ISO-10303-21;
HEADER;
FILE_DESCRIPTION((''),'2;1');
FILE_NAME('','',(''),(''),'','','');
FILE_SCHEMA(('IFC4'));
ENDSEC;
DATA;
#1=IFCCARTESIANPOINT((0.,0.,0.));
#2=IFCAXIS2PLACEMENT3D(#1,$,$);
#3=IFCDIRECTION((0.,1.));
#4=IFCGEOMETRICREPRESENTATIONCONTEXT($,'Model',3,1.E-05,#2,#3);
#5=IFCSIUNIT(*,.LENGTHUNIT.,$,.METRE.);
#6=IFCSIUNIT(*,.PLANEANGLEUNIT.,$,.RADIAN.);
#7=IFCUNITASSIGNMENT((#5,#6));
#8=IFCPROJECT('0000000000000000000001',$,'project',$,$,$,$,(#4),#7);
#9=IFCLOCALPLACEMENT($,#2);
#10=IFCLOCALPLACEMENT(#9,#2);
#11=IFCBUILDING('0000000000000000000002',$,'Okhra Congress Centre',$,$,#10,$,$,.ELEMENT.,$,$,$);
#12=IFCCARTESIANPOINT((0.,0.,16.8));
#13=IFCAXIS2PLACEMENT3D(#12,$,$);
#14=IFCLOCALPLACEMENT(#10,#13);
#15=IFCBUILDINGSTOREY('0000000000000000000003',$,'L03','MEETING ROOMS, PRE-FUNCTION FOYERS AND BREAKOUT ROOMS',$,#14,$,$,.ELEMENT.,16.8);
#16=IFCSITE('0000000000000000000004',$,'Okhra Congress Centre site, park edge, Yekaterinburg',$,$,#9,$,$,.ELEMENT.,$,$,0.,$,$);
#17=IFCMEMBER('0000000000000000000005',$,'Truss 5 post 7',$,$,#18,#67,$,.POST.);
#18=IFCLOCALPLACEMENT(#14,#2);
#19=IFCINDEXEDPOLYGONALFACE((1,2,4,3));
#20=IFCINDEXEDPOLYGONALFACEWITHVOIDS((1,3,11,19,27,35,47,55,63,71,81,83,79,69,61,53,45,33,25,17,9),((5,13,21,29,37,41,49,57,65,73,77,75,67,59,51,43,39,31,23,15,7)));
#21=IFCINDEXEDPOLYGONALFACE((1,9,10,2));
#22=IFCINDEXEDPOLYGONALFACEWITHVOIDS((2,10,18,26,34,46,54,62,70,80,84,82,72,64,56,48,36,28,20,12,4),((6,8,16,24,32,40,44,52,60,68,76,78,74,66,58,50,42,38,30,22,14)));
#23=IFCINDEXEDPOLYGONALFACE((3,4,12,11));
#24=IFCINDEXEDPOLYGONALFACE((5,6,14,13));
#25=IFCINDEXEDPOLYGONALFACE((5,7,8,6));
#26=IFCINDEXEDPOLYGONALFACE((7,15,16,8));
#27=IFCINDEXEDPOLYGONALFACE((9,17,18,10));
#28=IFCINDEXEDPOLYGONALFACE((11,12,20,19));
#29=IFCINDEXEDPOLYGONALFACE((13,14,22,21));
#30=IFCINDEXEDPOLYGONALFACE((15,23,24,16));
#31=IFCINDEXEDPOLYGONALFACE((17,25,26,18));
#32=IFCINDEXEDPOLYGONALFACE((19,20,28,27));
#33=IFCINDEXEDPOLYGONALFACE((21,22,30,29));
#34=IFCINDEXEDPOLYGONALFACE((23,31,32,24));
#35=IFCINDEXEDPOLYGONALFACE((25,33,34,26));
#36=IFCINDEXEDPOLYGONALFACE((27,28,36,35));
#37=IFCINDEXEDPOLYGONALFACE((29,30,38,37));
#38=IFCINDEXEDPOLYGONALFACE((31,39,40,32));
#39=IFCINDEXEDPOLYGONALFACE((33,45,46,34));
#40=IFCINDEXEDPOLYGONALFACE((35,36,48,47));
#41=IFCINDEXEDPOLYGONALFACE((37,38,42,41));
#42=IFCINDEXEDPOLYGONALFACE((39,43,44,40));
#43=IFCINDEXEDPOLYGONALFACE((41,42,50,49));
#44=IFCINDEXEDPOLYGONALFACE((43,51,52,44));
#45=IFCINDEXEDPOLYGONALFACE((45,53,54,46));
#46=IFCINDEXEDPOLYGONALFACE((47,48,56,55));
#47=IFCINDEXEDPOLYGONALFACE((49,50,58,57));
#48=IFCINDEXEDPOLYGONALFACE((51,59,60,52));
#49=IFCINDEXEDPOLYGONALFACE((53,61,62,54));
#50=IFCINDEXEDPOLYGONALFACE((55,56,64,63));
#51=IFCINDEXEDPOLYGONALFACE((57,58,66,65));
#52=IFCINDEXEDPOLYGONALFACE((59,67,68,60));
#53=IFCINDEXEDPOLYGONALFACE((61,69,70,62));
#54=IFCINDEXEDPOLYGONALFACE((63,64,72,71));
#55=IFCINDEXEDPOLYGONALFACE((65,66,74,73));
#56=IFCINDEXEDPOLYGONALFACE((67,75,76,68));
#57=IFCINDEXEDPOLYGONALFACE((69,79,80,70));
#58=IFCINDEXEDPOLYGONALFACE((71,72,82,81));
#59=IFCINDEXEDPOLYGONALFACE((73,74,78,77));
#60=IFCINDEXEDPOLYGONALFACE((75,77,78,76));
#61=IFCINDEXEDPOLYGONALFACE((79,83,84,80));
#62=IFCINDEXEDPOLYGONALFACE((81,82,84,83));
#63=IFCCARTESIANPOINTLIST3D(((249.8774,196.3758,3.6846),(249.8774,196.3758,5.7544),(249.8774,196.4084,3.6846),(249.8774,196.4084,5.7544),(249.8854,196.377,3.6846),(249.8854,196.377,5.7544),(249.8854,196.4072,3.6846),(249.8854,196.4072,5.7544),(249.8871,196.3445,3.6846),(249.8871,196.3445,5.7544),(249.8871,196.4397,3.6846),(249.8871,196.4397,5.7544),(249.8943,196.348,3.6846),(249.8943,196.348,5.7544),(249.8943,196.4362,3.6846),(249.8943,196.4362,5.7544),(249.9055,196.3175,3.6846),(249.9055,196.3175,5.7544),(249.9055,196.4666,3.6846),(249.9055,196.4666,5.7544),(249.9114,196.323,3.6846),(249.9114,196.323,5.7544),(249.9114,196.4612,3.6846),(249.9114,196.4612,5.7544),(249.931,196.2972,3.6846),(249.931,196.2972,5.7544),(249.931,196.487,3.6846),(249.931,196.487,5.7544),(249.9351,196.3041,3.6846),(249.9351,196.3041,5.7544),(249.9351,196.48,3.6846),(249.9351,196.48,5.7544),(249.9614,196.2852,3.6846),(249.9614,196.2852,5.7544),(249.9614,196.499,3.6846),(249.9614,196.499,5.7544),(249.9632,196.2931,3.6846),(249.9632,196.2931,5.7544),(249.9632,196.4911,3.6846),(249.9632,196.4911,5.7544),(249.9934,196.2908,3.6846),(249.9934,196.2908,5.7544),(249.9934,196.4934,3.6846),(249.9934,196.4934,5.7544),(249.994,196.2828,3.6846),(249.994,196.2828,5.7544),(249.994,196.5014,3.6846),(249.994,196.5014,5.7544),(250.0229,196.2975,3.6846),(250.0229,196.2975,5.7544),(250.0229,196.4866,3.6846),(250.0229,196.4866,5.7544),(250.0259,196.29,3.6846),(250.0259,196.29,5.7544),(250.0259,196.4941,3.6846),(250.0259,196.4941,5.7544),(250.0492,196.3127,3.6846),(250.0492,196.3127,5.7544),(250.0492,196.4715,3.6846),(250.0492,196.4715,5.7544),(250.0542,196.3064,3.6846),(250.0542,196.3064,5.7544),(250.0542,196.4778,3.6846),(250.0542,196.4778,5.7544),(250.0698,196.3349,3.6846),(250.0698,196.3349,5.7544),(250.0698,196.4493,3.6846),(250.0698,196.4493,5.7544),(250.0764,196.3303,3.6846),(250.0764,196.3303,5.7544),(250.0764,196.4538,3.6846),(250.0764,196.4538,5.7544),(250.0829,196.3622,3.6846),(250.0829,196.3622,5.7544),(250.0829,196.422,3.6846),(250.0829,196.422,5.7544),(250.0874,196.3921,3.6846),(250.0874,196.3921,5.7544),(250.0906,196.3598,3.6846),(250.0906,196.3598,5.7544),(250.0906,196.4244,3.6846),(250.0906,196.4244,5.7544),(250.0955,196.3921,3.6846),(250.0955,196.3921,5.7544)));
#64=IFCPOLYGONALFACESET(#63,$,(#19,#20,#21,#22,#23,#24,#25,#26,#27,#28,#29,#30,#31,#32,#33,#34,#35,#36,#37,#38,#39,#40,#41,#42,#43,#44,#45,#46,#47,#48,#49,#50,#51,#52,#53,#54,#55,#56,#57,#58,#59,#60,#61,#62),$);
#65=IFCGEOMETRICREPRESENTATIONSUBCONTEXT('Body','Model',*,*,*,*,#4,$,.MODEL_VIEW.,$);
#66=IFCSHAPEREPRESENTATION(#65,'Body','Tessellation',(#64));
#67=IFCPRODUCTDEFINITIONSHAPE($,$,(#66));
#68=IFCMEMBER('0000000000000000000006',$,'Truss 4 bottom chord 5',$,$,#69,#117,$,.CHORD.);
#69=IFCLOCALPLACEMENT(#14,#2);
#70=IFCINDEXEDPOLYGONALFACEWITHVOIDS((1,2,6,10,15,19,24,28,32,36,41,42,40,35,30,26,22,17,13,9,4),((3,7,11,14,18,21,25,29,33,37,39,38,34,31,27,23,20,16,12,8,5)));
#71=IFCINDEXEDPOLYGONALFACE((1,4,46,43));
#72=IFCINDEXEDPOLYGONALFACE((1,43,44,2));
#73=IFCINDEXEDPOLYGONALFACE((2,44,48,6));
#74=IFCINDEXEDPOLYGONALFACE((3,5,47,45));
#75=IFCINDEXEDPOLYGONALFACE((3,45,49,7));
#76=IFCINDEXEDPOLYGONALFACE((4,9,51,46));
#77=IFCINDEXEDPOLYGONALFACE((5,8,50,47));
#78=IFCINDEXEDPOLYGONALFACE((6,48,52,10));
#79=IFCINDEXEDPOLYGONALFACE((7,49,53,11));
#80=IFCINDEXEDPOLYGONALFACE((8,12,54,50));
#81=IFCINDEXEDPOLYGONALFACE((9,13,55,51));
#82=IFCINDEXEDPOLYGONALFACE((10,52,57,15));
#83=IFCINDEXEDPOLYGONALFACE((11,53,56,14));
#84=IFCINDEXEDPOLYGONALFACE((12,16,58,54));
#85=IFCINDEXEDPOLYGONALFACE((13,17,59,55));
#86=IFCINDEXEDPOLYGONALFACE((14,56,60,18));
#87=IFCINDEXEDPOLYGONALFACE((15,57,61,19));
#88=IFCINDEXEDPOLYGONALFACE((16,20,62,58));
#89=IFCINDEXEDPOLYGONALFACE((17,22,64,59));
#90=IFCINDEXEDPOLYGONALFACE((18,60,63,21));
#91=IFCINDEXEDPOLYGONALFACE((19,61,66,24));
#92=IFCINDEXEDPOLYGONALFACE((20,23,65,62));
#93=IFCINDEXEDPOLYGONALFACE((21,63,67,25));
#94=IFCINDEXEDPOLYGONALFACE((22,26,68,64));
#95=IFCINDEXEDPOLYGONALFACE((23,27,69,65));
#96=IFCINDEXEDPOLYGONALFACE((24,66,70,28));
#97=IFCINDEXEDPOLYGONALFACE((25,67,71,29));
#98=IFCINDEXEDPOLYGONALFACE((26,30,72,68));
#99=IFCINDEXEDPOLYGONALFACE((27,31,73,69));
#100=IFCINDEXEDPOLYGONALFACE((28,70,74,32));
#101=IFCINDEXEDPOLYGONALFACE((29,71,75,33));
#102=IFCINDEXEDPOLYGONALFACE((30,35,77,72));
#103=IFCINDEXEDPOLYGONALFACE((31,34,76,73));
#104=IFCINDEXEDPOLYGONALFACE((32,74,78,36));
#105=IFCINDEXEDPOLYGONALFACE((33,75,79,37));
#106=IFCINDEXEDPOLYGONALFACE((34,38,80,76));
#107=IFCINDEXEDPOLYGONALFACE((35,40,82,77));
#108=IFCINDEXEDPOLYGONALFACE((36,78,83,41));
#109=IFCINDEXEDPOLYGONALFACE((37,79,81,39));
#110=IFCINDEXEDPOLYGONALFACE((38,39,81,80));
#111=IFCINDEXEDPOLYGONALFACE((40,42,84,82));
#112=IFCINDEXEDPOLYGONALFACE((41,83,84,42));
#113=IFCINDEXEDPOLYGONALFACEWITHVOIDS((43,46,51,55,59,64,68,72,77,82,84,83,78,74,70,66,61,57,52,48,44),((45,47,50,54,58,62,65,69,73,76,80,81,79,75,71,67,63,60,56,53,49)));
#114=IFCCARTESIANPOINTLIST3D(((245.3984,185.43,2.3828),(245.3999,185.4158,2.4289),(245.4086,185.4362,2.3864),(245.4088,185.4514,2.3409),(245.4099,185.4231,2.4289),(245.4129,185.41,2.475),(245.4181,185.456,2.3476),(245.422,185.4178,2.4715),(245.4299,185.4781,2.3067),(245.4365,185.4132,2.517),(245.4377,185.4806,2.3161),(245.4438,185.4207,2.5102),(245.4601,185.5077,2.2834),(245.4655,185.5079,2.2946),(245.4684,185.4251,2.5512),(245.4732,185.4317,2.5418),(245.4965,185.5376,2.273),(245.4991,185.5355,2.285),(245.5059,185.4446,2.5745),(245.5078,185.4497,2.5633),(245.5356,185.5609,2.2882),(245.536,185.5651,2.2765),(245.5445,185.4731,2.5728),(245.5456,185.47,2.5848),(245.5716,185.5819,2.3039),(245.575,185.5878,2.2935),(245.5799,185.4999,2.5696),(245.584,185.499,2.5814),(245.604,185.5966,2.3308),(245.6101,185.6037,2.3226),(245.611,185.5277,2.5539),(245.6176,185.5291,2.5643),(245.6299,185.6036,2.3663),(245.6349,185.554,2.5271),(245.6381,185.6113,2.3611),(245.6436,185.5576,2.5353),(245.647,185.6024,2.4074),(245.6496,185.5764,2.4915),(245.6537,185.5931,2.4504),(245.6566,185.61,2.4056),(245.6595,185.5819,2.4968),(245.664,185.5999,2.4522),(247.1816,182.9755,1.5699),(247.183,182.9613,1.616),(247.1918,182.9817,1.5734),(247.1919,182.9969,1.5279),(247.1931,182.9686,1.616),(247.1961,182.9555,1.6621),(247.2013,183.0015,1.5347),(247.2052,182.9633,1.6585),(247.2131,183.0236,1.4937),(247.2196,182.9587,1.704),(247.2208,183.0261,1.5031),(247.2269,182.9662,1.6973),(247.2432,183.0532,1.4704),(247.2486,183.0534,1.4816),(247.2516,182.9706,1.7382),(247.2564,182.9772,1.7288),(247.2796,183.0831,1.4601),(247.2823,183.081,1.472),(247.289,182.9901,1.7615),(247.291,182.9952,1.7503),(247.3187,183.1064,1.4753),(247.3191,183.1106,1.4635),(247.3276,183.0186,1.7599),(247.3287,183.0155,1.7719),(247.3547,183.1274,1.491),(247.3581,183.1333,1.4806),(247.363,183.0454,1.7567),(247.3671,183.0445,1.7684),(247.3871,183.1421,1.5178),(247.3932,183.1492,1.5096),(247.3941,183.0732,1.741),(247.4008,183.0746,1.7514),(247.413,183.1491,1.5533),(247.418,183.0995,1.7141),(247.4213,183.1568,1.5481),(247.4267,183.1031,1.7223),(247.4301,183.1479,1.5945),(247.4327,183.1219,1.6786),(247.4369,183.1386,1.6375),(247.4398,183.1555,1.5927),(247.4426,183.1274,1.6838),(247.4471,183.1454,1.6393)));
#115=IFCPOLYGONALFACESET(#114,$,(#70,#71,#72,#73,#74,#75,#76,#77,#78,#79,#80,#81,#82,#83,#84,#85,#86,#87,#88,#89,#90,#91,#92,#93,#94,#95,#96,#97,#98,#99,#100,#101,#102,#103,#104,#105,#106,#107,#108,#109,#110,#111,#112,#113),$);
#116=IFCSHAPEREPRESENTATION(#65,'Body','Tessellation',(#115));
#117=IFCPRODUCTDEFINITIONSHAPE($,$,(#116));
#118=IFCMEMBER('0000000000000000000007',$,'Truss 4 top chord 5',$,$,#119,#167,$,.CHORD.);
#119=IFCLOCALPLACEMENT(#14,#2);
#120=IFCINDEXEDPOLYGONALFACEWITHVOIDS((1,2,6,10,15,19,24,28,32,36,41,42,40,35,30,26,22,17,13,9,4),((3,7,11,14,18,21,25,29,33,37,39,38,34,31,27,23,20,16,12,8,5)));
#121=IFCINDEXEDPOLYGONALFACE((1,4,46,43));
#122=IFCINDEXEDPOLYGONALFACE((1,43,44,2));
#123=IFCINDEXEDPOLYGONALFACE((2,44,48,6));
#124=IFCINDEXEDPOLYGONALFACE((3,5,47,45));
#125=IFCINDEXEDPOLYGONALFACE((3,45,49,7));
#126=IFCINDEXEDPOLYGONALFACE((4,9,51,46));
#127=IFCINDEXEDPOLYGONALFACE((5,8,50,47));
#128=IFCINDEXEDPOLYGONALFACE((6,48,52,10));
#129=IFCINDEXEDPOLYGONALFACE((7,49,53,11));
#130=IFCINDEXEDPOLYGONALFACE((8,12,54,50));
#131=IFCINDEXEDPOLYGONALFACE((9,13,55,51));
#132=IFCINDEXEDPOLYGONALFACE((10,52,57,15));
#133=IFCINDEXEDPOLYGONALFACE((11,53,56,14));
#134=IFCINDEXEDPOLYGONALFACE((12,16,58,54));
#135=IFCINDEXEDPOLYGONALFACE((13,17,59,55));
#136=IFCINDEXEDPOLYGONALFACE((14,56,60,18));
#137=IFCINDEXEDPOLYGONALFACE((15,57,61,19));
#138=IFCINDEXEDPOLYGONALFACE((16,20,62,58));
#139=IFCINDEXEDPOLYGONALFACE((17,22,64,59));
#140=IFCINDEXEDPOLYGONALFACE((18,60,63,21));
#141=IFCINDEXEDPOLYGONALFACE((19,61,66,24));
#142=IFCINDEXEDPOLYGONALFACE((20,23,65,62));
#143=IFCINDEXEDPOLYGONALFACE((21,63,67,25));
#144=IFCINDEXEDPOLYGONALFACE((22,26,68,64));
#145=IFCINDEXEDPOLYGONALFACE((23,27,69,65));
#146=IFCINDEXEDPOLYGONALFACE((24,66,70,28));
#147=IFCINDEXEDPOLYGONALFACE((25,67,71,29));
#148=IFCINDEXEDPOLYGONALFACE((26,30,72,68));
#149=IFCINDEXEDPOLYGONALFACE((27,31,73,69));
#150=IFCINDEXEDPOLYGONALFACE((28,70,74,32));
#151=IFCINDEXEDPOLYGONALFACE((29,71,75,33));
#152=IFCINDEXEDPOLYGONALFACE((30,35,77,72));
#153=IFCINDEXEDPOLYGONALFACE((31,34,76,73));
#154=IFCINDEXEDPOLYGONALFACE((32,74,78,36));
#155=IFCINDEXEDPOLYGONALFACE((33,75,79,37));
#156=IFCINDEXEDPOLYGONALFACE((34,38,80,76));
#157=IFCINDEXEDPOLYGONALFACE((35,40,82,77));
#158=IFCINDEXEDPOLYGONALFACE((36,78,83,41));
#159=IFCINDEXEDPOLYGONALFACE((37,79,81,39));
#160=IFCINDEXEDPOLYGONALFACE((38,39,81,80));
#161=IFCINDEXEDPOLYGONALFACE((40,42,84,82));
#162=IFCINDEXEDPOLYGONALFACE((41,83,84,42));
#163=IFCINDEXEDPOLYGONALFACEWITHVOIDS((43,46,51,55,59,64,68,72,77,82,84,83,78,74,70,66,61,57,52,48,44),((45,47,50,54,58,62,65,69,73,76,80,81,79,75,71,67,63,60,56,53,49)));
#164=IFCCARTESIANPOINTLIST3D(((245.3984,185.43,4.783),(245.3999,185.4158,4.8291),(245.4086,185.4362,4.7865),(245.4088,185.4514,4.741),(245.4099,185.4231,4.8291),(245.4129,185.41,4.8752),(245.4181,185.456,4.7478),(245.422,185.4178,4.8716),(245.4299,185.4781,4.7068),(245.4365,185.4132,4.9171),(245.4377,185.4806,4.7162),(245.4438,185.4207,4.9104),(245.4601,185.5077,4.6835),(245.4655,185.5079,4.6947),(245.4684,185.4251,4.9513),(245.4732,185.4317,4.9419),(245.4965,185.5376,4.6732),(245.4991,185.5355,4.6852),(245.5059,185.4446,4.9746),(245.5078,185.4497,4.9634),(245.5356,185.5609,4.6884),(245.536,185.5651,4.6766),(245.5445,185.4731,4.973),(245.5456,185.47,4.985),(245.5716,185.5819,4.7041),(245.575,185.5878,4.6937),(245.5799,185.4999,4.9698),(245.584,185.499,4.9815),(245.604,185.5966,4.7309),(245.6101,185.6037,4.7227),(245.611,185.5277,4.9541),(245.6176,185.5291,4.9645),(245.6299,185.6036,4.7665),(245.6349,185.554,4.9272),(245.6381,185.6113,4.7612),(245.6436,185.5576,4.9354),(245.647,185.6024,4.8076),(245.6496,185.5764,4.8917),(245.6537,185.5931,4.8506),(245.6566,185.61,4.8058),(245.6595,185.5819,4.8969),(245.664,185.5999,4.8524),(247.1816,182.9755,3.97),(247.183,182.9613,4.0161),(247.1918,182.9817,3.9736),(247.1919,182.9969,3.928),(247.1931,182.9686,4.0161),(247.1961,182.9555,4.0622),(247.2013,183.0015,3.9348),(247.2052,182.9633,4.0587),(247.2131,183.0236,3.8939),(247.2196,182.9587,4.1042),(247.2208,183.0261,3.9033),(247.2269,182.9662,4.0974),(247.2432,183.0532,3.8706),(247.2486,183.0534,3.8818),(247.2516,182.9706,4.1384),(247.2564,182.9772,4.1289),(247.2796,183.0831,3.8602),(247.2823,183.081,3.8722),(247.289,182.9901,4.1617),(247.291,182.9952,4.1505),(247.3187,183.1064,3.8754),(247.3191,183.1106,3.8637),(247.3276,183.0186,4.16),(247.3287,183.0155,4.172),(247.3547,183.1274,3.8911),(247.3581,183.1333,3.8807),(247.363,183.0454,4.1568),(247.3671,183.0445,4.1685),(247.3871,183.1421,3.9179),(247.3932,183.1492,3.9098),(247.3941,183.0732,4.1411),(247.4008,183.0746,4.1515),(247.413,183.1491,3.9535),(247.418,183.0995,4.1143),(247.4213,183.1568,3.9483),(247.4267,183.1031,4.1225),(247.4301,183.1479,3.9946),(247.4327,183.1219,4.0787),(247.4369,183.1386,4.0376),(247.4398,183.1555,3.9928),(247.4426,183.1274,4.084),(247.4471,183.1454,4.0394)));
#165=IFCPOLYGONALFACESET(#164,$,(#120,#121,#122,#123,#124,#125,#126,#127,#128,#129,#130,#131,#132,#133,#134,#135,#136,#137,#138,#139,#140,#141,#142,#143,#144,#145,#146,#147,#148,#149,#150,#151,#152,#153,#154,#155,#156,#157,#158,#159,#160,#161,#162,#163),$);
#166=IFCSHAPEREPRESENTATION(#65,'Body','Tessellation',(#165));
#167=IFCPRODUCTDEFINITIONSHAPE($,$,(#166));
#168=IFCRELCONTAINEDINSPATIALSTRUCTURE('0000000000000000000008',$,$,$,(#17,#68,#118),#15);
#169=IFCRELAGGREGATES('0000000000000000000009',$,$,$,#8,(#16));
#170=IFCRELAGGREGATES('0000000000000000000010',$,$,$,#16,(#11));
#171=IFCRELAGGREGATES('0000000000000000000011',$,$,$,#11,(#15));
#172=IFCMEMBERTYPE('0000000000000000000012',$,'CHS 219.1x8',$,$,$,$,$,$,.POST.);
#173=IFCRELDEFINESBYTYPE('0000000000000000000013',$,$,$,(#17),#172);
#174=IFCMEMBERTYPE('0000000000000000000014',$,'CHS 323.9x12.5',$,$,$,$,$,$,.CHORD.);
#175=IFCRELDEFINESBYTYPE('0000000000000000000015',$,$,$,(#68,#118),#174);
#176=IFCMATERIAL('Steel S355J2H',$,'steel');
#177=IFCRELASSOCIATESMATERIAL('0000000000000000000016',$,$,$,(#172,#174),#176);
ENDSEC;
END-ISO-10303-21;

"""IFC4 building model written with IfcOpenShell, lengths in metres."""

from ifc_helpers import new_model, si_unit, direction, frame, origin, origin_2d, place, context, subcontext, project, spatial, hollow_circle, extrude, material, material_profile, profile_set, type_object, element, save


model = new_model("IFC4")

# Units and contexts
model_context = context("Model", 3, precision=1e-05, world=origin(), true_north=direction((0.0, 1.0)))
body_context = subcontext(model_context, "Body", "Model", "MODEL_VIEW")
ifc_project = project(units=[si_unit("LENGTHUNIT", "METRE"), si_unit("PLANEANGLEUNIT", "RADIAN")], contexts=[model_context])

# Site, building, storey
site_placement = place(None, origin())
site = spatial("IfcSite", under=ifc_project, at=site_placement, Name="Okhra Congress Centre site, park edge, Yekaterinburg", CompositionType="ELEMENT", RefElevation=0.0)
building_placement = place(site_placement, origin())
building = spatial("IfcBuilding", under=site, at=building_placement, Name="Okhra Congress Centre", CompositionType="ELEMENT")
storey_placement = place(building_placement, frame((0.0, 0.0, 16.8)))
storey = spatial("IfcBuildingStorey", under=building, at=storey_placement, Name="L03", Description="MEETING ROOMS, PRE-FUNCTION FOYERS AND BREAKOUT ROOMS", CompositionType="ELEMENT", Elevation=16.8)

# Members
ifc_material_1 = material(Name="Steel S355J2H", Category="steel")
ifc_material_profile_1 = material_profile(ifc_material_1, hollow_circle(Radius=0.1096, WallThickness=0.0081, at=origin_2d()), Name="CHS 219.1x8")
ifc_profile_set_1 = profile_set([ifc_material_profile_1], Name="Steel S355J2H")
member_type_1 = type_object("IfcMemberType", Name="CHS 219.1x8", PredefinedType="POST", material=ifc_profile_set_1)
member_1_placement = place(storey_placement, frame((249.9858, 196.3921, 3.6846), z_axis=(0.0, 0.0, 1.0), x_axis=(1.0, 0.0, 0.0)))
element("IfcMember", 1, at=member_1_placement, inside=storey, type_object=member_type_1, Name="Truss 5 post 7", PredefinedType="POST", context=body_context, shape_type="SweptSolid", body=[
    extrude(hollow_circle(Radius=0.1096, WallThickness=0.0081, at=origin_2d()), origin(), (0.0, 0.0, 1.0), 2.0698),
])
ifc_material_profile_2 = material_profile(ifc_material_1, hollow_circle(Radius=0.1619, WallThickness=0.0125, at=origin_2d()), Name="CHS 323.9x12.5")
ifc_profile_set_2 = profile_set([ifc_material_profile_2], Name="Steel S355J2H")
member_type_2 = type_object("IfcMemberType", Name="CHS 323.9x12.5", PredefinedType="CHORD", material=ifc_profile_set_2)
for number, where, z_axis, x_axis, name in (
    (2, (247.314, 183.0564, 1.616), (-0.567721, 0.781472, 0.258832), (-0.809042, -0.587751, 0.0), "Truss 4 bottom chord 5"),
    (3, (247.314, 183.0564, 4.0161), (-0.567721, 0.781472, 0.258832), (-0.809042, -0.587751, 0.0), "Truss 4 top chord 5"),
):
    element("IfcMember", number, at=place(storey_placement, frame(where, z_axis=z_axis, x_axis=x_axis)), inside=storey, type_object=member_type_2, Name=name, PredefinedType="CHORD", context=body_context, shape_type="SweptSolid", body=[
        extrude(hollow_circle(Radius=0.1619, WallThickness=0.0125, at=origin_2d()), origin(), (0.0, 0.0, 1.0), 3.1409),
    ])

save(model, "model.ifc")
